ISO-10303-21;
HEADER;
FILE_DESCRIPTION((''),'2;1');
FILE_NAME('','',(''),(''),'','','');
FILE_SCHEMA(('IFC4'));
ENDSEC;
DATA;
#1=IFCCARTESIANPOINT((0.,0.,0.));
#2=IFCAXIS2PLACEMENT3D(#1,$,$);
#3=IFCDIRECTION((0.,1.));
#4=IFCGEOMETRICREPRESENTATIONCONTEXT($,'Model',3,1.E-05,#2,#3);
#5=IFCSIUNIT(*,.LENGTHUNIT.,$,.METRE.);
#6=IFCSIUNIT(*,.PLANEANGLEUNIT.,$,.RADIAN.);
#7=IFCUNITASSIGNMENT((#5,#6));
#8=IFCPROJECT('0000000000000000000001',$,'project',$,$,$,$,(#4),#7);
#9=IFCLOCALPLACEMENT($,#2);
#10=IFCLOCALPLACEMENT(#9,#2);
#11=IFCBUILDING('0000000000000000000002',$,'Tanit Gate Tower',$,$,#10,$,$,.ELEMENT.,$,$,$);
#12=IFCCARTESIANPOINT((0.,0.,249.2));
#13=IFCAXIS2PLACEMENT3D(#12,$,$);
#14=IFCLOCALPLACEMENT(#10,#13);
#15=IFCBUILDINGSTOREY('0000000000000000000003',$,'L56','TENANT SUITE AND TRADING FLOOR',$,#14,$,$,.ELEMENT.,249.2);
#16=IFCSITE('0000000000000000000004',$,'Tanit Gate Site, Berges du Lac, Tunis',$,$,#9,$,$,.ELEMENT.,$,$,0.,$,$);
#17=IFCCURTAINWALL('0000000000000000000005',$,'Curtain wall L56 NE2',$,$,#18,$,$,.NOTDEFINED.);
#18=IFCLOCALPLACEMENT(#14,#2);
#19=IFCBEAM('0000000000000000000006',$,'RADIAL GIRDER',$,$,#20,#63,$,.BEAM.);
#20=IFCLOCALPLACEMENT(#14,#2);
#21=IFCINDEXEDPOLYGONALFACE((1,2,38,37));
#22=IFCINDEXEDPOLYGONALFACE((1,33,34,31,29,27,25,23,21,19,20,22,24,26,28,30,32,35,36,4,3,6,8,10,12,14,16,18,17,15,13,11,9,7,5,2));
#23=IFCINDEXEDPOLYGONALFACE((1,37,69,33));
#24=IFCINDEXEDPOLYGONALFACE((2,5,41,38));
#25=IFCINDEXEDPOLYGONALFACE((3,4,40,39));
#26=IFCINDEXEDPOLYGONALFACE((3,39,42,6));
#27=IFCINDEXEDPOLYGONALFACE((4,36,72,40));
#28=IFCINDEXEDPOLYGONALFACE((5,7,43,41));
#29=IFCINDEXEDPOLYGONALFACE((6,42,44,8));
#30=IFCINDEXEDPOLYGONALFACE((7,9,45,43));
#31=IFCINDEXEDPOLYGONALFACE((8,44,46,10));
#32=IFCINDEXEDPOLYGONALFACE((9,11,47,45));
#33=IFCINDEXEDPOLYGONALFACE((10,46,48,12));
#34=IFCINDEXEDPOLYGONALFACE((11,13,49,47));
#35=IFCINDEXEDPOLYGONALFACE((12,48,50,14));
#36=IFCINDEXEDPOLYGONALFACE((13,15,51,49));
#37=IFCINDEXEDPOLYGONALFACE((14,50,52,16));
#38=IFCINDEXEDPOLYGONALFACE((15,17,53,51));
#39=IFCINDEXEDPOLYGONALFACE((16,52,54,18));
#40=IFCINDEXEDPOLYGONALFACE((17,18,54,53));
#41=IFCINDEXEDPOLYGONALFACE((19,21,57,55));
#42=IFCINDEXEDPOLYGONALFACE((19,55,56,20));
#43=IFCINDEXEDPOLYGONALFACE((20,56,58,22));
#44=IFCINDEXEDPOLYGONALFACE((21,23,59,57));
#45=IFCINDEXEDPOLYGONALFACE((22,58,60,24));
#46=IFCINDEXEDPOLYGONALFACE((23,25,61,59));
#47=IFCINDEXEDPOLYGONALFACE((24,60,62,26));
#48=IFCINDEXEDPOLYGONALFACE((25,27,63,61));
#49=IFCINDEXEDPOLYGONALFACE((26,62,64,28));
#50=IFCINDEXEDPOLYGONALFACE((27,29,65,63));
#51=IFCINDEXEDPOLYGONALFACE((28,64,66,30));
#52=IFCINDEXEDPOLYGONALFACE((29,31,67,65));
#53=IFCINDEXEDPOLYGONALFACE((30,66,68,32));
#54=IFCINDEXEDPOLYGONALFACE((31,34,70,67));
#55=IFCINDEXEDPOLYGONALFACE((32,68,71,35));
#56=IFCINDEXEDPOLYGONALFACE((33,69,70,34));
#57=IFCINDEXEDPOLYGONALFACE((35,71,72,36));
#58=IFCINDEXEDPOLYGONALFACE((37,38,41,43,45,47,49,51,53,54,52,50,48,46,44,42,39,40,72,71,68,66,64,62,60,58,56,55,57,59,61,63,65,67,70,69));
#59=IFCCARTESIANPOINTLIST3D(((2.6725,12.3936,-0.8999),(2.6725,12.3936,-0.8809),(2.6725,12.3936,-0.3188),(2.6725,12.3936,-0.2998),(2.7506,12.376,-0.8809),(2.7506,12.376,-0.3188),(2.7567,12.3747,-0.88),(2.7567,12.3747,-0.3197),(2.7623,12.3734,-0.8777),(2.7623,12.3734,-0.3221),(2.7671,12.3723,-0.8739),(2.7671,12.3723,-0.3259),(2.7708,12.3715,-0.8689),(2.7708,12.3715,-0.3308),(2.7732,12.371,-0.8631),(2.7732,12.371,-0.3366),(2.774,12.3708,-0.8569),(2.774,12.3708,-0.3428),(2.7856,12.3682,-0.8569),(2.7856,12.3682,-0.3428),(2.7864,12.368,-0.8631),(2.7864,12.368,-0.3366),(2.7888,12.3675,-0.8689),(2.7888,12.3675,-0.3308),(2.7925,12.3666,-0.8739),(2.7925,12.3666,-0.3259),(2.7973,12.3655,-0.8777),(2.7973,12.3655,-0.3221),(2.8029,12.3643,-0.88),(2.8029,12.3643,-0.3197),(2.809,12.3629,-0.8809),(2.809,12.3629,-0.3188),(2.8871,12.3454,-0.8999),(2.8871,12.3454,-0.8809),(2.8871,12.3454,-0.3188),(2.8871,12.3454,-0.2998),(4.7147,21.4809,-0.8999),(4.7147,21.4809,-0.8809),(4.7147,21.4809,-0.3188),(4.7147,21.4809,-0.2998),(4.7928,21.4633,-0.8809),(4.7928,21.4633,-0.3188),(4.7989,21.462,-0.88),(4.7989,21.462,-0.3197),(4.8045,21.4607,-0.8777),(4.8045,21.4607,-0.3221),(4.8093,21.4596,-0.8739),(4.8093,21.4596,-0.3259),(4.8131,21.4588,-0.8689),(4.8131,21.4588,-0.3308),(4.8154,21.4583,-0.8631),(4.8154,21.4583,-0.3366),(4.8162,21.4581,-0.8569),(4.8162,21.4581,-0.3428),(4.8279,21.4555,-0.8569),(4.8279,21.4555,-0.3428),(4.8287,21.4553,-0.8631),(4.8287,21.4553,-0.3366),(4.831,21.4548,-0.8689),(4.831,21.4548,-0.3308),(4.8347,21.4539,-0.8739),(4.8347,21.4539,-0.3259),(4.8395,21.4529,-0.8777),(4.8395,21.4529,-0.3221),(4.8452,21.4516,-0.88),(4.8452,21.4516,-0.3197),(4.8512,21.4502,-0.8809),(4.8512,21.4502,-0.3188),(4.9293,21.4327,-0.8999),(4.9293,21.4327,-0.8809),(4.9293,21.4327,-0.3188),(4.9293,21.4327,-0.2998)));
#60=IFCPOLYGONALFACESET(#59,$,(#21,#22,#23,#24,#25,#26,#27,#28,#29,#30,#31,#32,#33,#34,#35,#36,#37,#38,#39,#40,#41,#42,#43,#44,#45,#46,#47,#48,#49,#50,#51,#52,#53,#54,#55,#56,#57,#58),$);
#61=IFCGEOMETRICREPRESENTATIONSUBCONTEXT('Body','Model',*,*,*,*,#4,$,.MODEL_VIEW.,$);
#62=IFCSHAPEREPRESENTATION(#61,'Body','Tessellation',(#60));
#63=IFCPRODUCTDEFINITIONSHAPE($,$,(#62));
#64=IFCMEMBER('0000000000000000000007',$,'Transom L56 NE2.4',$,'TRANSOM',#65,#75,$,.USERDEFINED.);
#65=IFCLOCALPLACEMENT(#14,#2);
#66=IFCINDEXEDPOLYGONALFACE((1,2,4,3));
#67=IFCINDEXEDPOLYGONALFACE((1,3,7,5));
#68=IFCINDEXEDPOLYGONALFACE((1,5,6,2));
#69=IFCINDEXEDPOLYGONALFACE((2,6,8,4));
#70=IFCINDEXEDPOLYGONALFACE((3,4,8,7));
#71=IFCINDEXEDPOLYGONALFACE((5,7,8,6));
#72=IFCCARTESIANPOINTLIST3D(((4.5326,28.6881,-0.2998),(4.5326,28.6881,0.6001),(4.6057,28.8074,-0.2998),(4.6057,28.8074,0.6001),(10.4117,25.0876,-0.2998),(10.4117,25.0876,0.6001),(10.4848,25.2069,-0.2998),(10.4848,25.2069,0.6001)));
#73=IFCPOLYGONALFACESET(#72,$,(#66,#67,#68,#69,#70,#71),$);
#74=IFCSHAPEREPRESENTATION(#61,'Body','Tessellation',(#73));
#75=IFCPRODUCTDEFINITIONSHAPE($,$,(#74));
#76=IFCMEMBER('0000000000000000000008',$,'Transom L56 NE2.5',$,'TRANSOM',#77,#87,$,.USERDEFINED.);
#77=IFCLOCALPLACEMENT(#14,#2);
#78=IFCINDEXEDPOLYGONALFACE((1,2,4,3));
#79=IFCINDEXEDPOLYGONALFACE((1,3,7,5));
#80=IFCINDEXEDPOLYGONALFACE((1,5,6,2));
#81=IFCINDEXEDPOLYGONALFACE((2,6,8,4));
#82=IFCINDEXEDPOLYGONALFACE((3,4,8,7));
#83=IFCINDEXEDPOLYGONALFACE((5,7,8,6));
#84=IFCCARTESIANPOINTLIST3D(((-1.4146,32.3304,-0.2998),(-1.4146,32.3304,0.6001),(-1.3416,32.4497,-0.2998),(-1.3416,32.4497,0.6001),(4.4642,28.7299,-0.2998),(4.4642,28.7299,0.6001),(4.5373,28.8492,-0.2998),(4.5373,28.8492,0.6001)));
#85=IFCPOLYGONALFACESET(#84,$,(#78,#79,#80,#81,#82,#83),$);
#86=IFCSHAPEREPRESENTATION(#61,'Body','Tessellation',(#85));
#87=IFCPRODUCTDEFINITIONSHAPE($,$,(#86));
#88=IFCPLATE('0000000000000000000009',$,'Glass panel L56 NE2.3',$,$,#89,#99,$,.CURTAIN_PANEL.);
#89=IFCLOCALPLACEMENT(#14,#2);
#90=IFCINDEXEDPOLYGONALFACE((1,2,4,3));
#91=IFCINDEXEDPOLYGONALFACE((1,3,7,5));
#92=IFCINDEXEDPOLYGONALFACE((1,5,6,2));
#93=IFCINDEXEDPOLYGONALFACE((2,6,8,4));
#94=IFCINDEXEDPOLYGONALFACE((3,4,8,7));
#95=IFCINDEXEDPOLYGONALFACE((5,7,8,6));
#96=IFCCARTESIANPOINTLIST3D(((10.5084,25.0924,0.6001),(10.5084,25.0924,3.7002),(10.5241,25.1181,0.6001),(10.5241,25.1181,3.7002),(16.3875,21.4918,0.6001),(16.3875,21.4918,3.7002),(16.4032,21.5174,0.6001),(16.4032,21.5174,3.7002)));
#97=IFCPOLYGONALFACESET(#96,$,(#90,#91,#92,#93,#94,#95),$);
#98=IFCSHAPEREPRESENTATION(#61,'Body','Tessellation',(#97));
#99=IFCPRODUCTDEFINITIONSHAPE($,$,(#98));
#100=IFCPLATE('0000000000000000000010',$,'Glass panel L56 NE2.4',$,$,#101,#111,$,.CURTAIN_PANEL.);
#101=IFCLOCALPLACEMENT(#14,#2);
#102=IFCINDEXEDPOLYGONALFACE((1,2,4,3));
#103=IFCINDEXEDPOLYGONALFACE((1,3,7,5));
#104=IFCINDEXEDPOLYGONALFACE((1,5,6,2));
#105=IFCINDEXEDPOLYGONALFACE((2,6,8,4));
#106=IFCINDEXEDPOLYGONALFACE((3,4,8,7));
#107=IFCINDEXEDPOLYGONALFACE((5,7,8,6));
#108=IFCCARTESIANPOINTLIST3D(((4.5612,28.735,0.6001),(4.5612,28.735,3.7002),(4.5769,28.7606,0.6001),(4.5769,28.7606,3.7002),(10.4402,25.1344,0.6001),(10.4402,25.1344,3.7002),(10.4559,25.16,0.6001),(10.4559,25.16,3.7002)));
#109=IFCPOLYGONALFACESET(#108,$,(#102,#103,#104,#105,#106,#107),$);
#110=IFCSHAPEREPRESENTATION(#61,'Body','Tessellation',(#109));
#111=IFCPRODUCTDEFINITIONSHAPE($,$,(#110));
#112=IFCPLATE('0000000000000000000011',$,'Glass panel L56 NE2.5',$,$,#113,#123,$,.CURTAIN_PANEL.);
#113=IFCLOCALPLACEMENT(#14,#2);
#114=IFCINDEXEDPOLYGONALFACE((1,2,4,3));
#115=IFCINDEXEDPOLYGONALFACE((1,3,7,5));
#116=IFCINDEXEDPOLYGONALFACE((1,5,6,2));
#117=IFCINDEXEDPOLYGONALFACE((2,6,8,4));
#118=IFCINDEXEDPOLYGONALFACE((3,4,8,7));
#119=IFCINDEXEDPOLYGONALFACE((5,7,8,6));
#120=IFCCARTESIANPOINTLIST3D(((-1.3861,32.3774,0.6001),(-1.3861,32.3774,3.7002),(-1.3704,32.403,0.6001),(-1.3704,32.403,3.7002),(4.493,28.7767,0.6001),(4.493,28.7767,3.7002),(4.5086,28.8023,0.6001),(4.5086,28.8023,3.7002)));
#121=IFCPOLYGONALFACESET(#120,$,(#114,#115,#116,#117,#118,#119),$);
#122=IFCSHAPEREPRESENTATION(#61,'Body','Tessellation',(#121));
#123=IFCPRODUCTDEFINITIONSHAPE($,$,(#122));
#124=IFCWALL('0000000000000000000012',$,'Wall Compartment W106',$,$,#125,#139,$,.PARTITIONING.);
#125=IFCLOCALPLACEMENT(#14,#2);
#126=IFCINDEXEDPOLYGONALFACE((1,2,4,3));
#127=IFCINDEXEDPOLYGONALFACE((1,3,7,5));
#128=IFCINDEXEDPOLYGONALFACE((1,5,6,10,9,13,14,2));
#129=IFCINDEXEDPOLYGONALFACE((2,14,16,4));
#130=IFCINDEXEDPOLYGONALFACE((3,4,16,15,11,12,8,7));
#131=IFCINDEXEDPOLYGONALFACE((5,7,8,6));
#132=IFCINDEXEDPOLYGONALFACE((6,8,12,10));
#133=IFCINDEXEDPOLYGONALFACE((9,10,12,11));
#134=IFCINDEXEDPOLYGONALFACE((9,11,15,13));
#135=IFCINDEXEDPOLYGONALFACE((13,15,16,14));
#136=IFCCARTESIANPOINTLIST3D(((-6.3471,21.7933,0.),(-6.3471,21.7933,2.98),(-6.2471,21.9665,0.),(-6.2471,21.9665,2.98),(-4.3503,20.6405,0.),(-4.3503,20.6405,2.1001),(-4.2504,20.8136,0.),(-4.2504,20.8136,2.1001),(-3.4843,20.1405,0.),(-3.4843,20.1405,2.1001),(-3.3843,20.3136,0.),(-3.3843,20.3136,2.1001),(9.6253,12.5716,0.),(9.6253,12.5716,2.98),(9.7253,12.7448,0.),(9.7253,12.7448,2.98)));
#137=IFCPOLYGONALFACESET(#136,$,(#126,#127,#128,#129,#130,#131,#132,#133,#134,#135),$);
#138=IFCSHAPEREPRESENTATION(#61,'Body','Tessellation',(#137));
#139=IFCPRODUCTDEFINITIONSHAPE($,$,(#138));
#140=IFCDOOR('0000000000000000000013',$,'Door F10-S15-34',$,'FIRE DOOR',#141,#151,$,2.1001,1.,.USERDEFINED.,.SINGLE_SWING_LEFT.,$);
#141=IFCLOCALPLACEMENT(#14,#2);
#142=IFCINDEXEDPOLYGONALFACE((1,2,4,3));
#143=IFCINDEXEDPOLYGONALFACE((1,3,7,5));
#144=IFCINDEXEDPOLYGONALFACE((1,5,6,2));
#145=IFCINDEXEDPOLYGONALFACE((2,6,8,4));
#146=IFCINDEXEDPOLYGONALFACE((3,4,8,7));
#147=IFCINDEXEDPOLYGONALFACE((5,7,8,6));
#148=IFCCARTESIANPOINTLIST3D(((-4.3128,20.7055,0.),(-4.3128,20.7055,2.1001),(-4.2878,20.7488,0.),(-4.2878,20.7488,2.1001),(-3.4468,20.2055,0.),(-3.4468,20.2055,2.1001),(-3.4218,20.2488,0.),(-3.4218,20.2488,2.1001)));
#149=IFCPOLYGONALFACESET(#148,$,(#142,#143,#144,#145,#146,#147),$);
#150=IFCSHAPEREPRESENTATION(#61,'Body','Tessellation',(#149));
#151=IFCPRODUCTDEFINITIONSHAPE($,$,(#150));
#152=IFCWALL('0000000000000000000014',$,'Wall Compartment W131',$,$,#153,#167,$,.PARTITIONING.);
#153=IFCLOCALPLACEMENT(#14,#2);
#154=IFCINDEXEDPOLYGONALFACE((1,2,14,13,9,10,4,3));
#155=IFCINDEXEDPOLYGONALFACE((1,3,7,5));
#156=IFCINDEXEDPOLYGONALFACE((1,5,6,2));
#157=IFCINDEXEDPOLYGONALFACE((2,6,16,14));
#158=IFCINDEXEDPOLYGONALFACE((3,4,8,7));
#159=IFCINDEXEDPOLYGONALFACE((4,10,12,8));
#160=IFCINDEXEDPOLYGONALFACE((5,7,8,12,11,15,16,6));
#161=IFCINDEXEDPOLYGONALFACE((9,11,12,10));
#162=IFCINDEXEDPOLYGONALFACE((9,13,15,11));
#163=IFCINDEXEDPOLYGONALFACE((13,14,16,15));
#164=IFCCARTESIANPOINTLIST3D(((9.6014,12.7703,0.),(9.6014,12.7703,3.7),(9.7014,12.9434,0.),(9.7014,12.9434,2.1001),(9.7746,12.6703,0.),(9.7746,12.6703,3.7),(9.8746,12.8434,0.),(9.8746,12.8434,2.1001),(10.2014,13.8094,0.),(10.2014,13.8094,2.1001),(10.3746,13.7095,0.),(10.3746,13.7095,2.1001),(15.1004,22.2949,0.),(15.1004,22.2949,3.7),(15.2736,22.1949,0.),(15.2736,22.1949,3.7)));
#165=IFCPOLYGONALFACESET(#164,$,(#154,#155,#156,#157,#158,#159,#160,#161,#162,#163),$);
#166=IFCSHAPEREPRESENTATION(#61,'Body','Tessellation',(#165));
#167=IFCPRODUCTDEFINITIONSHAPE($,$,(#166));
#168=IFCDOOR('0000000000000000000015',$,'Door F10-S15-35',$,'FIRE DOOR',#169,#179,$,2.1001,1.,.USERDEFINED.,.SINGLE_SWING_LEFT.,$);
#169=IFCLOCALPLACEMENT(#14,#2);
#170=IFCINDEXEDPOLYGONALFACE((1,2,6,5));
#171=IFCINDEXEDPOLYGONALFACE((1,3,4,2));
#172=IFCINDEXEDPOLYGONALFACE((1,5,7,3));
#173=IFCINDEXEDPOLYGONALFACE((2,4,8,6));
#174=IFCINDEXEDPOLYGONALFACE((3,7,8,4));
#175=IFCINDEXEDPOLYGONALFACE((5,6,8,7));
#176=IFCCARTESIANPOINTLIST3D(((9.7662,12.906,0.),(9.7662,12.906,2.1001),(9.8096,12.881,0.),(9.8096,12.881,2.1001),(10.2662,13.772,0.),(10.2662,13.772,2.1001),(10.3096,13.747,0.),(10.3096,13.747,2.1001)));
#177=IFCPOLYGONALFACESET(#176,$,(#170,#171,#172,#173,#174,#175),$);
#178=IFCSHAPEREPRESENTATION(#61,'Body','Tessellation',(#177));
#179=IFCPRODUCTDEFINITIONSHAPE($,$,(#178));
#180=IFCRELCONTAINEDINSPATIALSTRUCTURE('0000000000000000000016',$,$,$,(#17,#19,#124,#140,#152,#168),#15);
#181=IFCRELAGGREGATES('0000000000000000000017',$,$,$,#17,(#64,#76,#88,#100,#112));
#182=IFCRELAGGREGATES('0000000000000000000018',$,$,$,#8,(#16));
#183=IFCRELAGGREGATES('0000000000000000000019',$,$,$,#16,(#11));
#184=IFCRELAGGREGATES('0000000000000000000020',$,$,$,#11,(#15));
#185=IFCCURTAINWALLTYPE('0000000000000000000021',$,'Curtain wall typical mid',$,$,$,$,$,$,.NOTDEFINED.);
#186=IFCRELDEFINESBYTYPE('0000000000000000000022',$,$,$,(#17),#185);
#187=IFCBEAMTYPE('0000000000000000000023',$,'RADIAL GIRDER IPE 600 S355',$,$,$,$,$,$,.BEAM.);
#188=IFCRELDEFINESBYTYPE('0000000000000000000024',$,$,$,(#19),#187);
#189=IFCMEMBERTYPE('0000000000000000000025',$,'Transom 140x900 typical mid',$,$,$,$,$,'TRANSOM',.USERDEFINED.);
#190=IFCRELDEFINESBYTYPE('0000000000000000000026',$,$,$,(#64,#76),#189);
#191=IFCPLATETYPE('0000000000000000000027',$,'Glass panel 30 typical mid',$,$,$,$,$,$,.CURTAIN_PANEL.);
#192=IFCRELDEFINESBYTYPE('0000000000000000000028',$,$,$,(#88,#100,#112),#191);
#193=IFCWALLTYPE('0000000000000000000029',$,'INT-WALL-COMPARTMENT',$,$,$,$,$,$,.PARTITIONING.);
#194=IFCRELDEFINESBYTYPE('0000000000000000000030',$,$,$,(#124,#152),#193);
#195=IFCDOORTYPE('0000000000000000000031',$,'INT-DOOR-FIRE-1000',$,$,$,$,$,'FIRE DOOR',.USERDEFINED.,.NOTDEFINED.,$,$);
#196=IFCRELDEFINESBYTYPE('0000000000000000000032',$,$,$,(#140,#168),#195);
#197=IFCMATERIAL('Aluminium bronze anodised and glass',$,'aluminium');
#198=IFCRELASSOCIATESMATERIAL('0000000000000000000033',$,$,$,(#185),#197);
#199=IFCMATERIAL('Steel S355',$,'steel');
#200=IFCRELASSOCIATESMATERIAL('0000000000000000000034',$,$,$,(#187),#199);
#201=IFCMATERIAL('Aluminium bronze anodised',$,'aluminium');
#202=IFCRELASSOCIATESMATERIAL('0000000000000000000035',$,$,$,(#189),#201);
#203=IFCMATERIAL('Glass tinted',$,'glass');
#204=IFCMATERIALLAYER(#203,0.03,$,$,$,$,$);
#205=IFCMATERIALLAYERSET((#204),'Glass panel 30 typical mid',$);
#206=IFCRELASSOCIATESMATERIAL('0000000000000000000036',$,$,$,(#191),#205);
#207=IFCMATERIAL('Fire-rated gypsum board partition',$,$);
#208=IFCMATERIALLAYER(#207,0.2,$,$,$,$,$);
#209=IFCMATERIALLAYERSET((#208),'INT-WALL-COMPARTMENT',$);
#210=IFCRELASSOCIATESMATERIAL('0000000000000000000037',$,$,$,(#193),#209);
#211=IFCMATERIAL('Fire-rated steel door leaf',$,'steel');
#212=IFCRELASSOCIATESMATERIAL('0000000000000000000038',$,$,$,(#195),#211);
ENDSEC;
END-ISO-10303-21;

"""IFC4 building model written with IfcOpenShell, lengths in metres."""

from ifc_helpers import new_model, si_unit, direction, frame, frame_2d, origin, origin_2d, place, context, subcontext, project, spatial, rectangle, i_section, extrude, material, layer, layer_set, material_profile, profile_set, type_object, element, fill, aggregate, save


model = new_model("IFC4")

# Units and contexts
model_context = context("Model", 3, precision=1e-05, world=origin(), true_north=direction((0.0, 1.0)))
body_context = subcontext(model_context, "Body", "Model", "MODEL_VIEW")
ifc_project = project(units=[si_unit("LENGTHUNIT", "METRE"), si_unit("PLANEANGLEUNIT", "RADIAN")], contexts=[model_context])

# Site, building, storey
site_placement = place(None, origin())
site = spatial("IfcSite", under=ifc_project, at=site_placement, Name="Tanit Gate Site, Berges du Lac, Tunis", CompositionType="ELEMENT", RefElevation=0.0)
building_placement = place(site_placement, origin())
building = spatial("IfcBuilding", under=site, at=building_placement, Name="Tanit Gate Tower", CompositionType="ELEMENT")
storey_placement = place(building_placement, frame((0.0, 0.0, 249.2)))
storey = spatial("IfcBuildingStorey", under=building, at=storey_placement, Name="L56", Description="TENANT SUITE AND TRADING FLOOR", CompositionType="ELEMENT", Elevation=249.2)

# Curtain wall
ifc_material_1 = material(Name="Aluminium bronze anodised and glass", Category="aluminium")
curtain_wall_type = type_object("IfcCurtainWallType", Name="Curtain wall typical mid", PredefinedType="NOTDEFINED", material=ifc_material_1)
curtain_wall_placement = place(storey_placement, origin())
curtain_wall = element("IfcCurtainWall", 1, at=curtain_wall_placement, inside=storey, type_object=curtain_wall_type, Name="Curtain wall L56 NE2", PredefinedType="NOTDEFINED")

# Beam
ifc_material_2 = material(Name="Steel S355", Category="steel")
ifc_material_profile_1 = material_profile(ifc_material_2, i_section(OverallWidth=0.22, OverallDepth=0.6001, WebThickness=0.012, FlangeThickness=0.019, FilletRadius=0.0239, at=origin_2d()), Name="IPE 600")
ifc_profile_set_1 = profile_set([ifc_material_profile_1], Name="Steel S355")
beam_type_1 = type_object("IfcBeamType", Name="RADIAL GIRDER IPE 600 S355", PredefinedType="BEAM", material=ifc_profile_set_1)
beam_1_placement = place(storey_placement, frame((4.822, 21.4568, -0.5999), z_axis=(-0.219264, -0.975666, 0.0), x_axis=(0.975666, -0.219264, 0.0)))
element("IfcBeam", 2, at=beam_1_placement, inside=storey, type_object=beam_type_1, Name="RADIAL GIRDER", PredefinedType="BEAM", context=body_context, shape_type="SweptSolid", body=[
    extrude(i_section(OverallWidth=0.22, OverallDepth=0.6001, WebThickness=0.012, FlangeThickness=0.019, FilletRadius=0.0239, at=origin_2d()), origin(), (0.0, 0.0, 1.0), 9.314),
])

# Members
ifc_material_3 = material(Name="Aluminium bronze anodised", Category="aluminium")
ifc_material_profile_2 = material_profile(ifc_material_3, rectangle(XDim=0.1399, YDim=0.8999, at=origin_2d()), Name="140x900 bronze transom")
ifc_profile_set_2 = profile_set([ifc_material_profile_2], Name="Aluminium bronze anodised")
member_type_1 = type_object("IfcMemberType", Name="Transom 140x900 typical mid", ElementType="TRANSOM", PredefinedType="USERDEFINED", material=ifc_profile_set_2)
member_1_placement = place(storey_placement, frame((10.4482, 25.1472, 0.1501), z_axis=(-0.85278, 0.522271, 0.0), x_axis=(-0.522271, -0.85278, 0.0)))
member_1 = element("IfcMember", 3, at=member_1_placement, type_object=member_type_1, Name="Transom L56 NE2.4", ObjectType="TRANSOM", PredefinedType="USERDEFINED", context=body_context, shape_type="SweptSolid", body=[
    extrude(rectangle(XDim=0.1399, YDim=0.8999, at=origin_2d()), origin(), (0.0, 0.0, 1.0), 6.894),
])
member_2_placement = place(storey_placement, frame((4.5007, 28.7896, 0.1501), z_axis=(-0.85277, 0.522286, 0.0), x_axis=(-0.522286, -0.85277, 0.0)))
member_2 = element("IfcMember", 4, at=member_2_placement, type_object=member_type_1, Name="Transom L56 NE2.5", ObjectType="TRANSOM", PredefinedType="USERDEFINED", context=body_context, shape_type="SweptSolid", body=[
    extrude(rectangle(XDim=0.1399, YDim=0.8999, at=origin_2d()), origin(), (0.0, 0.0, 1.0), 6.8938),
])

# Plates
ifc_material_4 = material(Name="Glass tinted", Category="glass")
ifc_layer_1 = layer(ifc_material_4, 0.03)
ifc_layer_set_1 = layer_set([ifc_layer_1], Name="Glass panel 30 typical mid")
plate_type = type_object("IfcPlateType", Name="Glass panel 30 typical mid", PredefinedType="CURTAIN_PANEL", material=ifc_layer_set_1)
plate_1_placement = place(storey_placement, frame((13.4558, 23.3049, 0.6001), z_axis=(0.0, 0.0, 1.0), x_axis=(-0.852772, 0.522283, 0.0)))
plate_1 = element("IfcPlate", 5, at=plate_1_placement, type_object=plate_type, Name="Glass panel L56 NE2.3", PredefinedType="CURTAIN_PANEL", context=body_context, shape_type="SweptSolid", body=[
    extrude(rectangle(XDim=6.894, YDim=0.03, at=origin_2d()), origin(), (0.0, 0.0, 1.0), 3.1001),
])
plate_2_placement = place(storey_placement, frame((7.5085, 26.9475, 0.6001), z_axis=(0.0, 0.0, 1.0), x_axis=(-0.852772, 0.522283, 0.0)))
plate_2 = element("IfcPlate", 6, at=plate_2_placement, type_object=plate_type, Name="Glass panel L56 NE2.4", PredefinedType="CURTAIN_PANEL", context=body_context, shape_type="SweptSolid", body=[
    extrude(rectangle(XDim=6.894, YDim=0.03, at=origin_2d()), origin(), (0.0, 0.0, 1.0), 3.1001),
])
plate_3_placement = place(storey_placement, frame((1.5613, 30.5898, 0.6001), z_axis=(0.0, 0.0, 1.0), x_axis=(-0.852772, 0.522283, 0.0)))
plate_3 = element("IfcPlate", 7, at=plate_3_placement, type_object=plate_type, Name="Glass panel L56 NE2.5", PredefinedType="CURTAIN_PANEL", context=body_context, shape_type="SweptSolid", body=[
    extrude(rectangle(XDim=6.894, YDim=0.03, at=origin_2d()), origin(), (0.0, 0.0, 1.0), 3.1001),
])
aggregate(curtain_wall, [member_1, member_2, plate_1, plate_2, plate_3])

# Walls, openings, doors
ifc_material_5 = material(Name="Fire-rated gypsum board partition")
ifc_layer_2 = layer(ifc_material_5, 0.2)
ifc_layer_set_2 = layer_set([ifc_layer_2], Name="INT-WALL-COMPARTMENT")
wall_type_1 = type_object("IfcWallType", Name="INT-WALL-COMPARTMENT", PredefinedType="PARTITIONING", material=ifc_layer_set_2)
wall_1_placement = place(storey_placement, frame((9.6753, 12.6582, 0.0), z_axis=(0.0, 0.0, 1.0), x_axis=(-0.866025, 0.5, 0.0)))
wall_1 = element("IfcWall", 8, at=wall_1_placement, inside=storey, type_object=wall_type_1, Name="Wall Compartment W106", PredefinedType="PARTITIONING", context=body_context, shape_type="SweptSolid", body=[
    extrude(rectangle(XDim=18.4434, YDim=0.2, at=frame_2d((9.2217, 0.0))), origin(), (0.0, 0.0, 1.0), 2.98),
])
opening_1_placement = place(wall_1_placement, frame((15.1377, 0.0, 0.0)))
opening_1 = element("IfcOpeningElement", 9, at=opening_1_placement, cuts=wall_1, PredefinedType="OPENING", context=body_context, shape_type="SweptSolid", body=[
    extrude(rectangle(XDim=1.0, YDim=2.1001, at=frame_2d((0.5, 1.05))), frame((0.0, 0.1099, 0.0), z_axis=(0.0, -1.0, 0.0), x_axis=(1.0, 0.0, 0.0)), (0.0, 0.0, 1.0), 0.22),
])
ifc_material_6 = material(Name="Fire-rated steel door leaf", Category="steel")
door_type_1 = type_object("IfcDoorType", Name="INT-DOOR-FIRE-1000", ElementType="FIRE DOOR", OperationType="NOTDEFINED", PredefinedType="USERDEFINED", material=ifc_material_6)
door_1_placement = place(opening_1_placement, origin())
door_1 = element("IfcDoor", 10, at=door_1_placement, inside=storey, type_object=door_type_1, Name="Door F10-S15-34", ObjectType="FIRE DOOR", OperationType="SINGLE_SWING_LEFT", OverallHeight=2.1001, OverallWidth=1.0, PredefinedType="USERDEFINED", context=body_context, shape_type="SweptSolid", body=[
    extrude(rectangle(XDim=1.0, YDim=2.1001, at=frame_2d((0.5, 1.05))), frame((0.0, 0.0249, 0.0), z_axis=(0.0, -1.0, 0.0), x_axis=(1.0, 0.0, 0.0)), (0.0, 0.0, 1.0), 0.05),
])
fill(opening_1, door_1)
wall_2_placement = place(storey_placement, frame((15.187, 22.2449, 0.0), z_axis=(0.0, 0.0, 1.0), x_axis=(-0.499997, -0.866027, 0.0)))
wall_2 = element("IfcWall", 11, at=wall_2_placement, inside=storey, type_object=wall_type_1, Name="Wall Compartment W131", PredefinedType="PARTITIONING", context=body_context, shape_type="SweptSolid", body=[
    extrude(rectangle(XDim=10.998, YDim=0.2, at=frame_2d((5.499, 0.0))), origin(), (0.0, 0.0, 1.0), 3.7),
])
opening_2_placement = place(wall_2_placement, frame((9.7981, 0.0, 0.0)))
opening_2 = element("IfcOpeningElement", 12, at=opening_2_placement, cuts=wall_2, PredefinedType="OPENING", context=body_context, shape_type="SweptSolid", body=[
    extrude(rectangle(XDim=1.0, YDim=2.1001, at=frame_2d((0.5, 1.05))), frame((0.0, 0.1099, 0.0), z_axis=(0.0, -1.0, 0.0), x_axis=(1.0, 0.0, 0.0)), (0.0, 0.0, 1.0), 0.22),
])
door_2_placement = place(opening_2_placement, origin())
door_2 = element("IfcDoor", 13, at=door_2_placement, inside=storey, type_object=door_type_1, Name="Door F10-S15-35", ObjectType="FIRE DOOR", OperationType="SINGLE_SWING_LEFT", OverallHeight=2.1001, OverallWidth=1.0, PredefinedType="USERDEFINED", context=body_context, shape_type="SweptSolid", body=[
    extrude(rectangle(XDim=1.0, YDim=2.1001, at=frame_2d((0.5, 1.05))), frame((0.0, 0.0249, 0.0), z_axis=(0.0, -1.0, 0.0), x_axis=(1.0, 0.0, 0.0)), (0.0, 0.0, 1.0), 0.05),
])
fill(opening_2, door_2)

save(model, "model.ifc")
